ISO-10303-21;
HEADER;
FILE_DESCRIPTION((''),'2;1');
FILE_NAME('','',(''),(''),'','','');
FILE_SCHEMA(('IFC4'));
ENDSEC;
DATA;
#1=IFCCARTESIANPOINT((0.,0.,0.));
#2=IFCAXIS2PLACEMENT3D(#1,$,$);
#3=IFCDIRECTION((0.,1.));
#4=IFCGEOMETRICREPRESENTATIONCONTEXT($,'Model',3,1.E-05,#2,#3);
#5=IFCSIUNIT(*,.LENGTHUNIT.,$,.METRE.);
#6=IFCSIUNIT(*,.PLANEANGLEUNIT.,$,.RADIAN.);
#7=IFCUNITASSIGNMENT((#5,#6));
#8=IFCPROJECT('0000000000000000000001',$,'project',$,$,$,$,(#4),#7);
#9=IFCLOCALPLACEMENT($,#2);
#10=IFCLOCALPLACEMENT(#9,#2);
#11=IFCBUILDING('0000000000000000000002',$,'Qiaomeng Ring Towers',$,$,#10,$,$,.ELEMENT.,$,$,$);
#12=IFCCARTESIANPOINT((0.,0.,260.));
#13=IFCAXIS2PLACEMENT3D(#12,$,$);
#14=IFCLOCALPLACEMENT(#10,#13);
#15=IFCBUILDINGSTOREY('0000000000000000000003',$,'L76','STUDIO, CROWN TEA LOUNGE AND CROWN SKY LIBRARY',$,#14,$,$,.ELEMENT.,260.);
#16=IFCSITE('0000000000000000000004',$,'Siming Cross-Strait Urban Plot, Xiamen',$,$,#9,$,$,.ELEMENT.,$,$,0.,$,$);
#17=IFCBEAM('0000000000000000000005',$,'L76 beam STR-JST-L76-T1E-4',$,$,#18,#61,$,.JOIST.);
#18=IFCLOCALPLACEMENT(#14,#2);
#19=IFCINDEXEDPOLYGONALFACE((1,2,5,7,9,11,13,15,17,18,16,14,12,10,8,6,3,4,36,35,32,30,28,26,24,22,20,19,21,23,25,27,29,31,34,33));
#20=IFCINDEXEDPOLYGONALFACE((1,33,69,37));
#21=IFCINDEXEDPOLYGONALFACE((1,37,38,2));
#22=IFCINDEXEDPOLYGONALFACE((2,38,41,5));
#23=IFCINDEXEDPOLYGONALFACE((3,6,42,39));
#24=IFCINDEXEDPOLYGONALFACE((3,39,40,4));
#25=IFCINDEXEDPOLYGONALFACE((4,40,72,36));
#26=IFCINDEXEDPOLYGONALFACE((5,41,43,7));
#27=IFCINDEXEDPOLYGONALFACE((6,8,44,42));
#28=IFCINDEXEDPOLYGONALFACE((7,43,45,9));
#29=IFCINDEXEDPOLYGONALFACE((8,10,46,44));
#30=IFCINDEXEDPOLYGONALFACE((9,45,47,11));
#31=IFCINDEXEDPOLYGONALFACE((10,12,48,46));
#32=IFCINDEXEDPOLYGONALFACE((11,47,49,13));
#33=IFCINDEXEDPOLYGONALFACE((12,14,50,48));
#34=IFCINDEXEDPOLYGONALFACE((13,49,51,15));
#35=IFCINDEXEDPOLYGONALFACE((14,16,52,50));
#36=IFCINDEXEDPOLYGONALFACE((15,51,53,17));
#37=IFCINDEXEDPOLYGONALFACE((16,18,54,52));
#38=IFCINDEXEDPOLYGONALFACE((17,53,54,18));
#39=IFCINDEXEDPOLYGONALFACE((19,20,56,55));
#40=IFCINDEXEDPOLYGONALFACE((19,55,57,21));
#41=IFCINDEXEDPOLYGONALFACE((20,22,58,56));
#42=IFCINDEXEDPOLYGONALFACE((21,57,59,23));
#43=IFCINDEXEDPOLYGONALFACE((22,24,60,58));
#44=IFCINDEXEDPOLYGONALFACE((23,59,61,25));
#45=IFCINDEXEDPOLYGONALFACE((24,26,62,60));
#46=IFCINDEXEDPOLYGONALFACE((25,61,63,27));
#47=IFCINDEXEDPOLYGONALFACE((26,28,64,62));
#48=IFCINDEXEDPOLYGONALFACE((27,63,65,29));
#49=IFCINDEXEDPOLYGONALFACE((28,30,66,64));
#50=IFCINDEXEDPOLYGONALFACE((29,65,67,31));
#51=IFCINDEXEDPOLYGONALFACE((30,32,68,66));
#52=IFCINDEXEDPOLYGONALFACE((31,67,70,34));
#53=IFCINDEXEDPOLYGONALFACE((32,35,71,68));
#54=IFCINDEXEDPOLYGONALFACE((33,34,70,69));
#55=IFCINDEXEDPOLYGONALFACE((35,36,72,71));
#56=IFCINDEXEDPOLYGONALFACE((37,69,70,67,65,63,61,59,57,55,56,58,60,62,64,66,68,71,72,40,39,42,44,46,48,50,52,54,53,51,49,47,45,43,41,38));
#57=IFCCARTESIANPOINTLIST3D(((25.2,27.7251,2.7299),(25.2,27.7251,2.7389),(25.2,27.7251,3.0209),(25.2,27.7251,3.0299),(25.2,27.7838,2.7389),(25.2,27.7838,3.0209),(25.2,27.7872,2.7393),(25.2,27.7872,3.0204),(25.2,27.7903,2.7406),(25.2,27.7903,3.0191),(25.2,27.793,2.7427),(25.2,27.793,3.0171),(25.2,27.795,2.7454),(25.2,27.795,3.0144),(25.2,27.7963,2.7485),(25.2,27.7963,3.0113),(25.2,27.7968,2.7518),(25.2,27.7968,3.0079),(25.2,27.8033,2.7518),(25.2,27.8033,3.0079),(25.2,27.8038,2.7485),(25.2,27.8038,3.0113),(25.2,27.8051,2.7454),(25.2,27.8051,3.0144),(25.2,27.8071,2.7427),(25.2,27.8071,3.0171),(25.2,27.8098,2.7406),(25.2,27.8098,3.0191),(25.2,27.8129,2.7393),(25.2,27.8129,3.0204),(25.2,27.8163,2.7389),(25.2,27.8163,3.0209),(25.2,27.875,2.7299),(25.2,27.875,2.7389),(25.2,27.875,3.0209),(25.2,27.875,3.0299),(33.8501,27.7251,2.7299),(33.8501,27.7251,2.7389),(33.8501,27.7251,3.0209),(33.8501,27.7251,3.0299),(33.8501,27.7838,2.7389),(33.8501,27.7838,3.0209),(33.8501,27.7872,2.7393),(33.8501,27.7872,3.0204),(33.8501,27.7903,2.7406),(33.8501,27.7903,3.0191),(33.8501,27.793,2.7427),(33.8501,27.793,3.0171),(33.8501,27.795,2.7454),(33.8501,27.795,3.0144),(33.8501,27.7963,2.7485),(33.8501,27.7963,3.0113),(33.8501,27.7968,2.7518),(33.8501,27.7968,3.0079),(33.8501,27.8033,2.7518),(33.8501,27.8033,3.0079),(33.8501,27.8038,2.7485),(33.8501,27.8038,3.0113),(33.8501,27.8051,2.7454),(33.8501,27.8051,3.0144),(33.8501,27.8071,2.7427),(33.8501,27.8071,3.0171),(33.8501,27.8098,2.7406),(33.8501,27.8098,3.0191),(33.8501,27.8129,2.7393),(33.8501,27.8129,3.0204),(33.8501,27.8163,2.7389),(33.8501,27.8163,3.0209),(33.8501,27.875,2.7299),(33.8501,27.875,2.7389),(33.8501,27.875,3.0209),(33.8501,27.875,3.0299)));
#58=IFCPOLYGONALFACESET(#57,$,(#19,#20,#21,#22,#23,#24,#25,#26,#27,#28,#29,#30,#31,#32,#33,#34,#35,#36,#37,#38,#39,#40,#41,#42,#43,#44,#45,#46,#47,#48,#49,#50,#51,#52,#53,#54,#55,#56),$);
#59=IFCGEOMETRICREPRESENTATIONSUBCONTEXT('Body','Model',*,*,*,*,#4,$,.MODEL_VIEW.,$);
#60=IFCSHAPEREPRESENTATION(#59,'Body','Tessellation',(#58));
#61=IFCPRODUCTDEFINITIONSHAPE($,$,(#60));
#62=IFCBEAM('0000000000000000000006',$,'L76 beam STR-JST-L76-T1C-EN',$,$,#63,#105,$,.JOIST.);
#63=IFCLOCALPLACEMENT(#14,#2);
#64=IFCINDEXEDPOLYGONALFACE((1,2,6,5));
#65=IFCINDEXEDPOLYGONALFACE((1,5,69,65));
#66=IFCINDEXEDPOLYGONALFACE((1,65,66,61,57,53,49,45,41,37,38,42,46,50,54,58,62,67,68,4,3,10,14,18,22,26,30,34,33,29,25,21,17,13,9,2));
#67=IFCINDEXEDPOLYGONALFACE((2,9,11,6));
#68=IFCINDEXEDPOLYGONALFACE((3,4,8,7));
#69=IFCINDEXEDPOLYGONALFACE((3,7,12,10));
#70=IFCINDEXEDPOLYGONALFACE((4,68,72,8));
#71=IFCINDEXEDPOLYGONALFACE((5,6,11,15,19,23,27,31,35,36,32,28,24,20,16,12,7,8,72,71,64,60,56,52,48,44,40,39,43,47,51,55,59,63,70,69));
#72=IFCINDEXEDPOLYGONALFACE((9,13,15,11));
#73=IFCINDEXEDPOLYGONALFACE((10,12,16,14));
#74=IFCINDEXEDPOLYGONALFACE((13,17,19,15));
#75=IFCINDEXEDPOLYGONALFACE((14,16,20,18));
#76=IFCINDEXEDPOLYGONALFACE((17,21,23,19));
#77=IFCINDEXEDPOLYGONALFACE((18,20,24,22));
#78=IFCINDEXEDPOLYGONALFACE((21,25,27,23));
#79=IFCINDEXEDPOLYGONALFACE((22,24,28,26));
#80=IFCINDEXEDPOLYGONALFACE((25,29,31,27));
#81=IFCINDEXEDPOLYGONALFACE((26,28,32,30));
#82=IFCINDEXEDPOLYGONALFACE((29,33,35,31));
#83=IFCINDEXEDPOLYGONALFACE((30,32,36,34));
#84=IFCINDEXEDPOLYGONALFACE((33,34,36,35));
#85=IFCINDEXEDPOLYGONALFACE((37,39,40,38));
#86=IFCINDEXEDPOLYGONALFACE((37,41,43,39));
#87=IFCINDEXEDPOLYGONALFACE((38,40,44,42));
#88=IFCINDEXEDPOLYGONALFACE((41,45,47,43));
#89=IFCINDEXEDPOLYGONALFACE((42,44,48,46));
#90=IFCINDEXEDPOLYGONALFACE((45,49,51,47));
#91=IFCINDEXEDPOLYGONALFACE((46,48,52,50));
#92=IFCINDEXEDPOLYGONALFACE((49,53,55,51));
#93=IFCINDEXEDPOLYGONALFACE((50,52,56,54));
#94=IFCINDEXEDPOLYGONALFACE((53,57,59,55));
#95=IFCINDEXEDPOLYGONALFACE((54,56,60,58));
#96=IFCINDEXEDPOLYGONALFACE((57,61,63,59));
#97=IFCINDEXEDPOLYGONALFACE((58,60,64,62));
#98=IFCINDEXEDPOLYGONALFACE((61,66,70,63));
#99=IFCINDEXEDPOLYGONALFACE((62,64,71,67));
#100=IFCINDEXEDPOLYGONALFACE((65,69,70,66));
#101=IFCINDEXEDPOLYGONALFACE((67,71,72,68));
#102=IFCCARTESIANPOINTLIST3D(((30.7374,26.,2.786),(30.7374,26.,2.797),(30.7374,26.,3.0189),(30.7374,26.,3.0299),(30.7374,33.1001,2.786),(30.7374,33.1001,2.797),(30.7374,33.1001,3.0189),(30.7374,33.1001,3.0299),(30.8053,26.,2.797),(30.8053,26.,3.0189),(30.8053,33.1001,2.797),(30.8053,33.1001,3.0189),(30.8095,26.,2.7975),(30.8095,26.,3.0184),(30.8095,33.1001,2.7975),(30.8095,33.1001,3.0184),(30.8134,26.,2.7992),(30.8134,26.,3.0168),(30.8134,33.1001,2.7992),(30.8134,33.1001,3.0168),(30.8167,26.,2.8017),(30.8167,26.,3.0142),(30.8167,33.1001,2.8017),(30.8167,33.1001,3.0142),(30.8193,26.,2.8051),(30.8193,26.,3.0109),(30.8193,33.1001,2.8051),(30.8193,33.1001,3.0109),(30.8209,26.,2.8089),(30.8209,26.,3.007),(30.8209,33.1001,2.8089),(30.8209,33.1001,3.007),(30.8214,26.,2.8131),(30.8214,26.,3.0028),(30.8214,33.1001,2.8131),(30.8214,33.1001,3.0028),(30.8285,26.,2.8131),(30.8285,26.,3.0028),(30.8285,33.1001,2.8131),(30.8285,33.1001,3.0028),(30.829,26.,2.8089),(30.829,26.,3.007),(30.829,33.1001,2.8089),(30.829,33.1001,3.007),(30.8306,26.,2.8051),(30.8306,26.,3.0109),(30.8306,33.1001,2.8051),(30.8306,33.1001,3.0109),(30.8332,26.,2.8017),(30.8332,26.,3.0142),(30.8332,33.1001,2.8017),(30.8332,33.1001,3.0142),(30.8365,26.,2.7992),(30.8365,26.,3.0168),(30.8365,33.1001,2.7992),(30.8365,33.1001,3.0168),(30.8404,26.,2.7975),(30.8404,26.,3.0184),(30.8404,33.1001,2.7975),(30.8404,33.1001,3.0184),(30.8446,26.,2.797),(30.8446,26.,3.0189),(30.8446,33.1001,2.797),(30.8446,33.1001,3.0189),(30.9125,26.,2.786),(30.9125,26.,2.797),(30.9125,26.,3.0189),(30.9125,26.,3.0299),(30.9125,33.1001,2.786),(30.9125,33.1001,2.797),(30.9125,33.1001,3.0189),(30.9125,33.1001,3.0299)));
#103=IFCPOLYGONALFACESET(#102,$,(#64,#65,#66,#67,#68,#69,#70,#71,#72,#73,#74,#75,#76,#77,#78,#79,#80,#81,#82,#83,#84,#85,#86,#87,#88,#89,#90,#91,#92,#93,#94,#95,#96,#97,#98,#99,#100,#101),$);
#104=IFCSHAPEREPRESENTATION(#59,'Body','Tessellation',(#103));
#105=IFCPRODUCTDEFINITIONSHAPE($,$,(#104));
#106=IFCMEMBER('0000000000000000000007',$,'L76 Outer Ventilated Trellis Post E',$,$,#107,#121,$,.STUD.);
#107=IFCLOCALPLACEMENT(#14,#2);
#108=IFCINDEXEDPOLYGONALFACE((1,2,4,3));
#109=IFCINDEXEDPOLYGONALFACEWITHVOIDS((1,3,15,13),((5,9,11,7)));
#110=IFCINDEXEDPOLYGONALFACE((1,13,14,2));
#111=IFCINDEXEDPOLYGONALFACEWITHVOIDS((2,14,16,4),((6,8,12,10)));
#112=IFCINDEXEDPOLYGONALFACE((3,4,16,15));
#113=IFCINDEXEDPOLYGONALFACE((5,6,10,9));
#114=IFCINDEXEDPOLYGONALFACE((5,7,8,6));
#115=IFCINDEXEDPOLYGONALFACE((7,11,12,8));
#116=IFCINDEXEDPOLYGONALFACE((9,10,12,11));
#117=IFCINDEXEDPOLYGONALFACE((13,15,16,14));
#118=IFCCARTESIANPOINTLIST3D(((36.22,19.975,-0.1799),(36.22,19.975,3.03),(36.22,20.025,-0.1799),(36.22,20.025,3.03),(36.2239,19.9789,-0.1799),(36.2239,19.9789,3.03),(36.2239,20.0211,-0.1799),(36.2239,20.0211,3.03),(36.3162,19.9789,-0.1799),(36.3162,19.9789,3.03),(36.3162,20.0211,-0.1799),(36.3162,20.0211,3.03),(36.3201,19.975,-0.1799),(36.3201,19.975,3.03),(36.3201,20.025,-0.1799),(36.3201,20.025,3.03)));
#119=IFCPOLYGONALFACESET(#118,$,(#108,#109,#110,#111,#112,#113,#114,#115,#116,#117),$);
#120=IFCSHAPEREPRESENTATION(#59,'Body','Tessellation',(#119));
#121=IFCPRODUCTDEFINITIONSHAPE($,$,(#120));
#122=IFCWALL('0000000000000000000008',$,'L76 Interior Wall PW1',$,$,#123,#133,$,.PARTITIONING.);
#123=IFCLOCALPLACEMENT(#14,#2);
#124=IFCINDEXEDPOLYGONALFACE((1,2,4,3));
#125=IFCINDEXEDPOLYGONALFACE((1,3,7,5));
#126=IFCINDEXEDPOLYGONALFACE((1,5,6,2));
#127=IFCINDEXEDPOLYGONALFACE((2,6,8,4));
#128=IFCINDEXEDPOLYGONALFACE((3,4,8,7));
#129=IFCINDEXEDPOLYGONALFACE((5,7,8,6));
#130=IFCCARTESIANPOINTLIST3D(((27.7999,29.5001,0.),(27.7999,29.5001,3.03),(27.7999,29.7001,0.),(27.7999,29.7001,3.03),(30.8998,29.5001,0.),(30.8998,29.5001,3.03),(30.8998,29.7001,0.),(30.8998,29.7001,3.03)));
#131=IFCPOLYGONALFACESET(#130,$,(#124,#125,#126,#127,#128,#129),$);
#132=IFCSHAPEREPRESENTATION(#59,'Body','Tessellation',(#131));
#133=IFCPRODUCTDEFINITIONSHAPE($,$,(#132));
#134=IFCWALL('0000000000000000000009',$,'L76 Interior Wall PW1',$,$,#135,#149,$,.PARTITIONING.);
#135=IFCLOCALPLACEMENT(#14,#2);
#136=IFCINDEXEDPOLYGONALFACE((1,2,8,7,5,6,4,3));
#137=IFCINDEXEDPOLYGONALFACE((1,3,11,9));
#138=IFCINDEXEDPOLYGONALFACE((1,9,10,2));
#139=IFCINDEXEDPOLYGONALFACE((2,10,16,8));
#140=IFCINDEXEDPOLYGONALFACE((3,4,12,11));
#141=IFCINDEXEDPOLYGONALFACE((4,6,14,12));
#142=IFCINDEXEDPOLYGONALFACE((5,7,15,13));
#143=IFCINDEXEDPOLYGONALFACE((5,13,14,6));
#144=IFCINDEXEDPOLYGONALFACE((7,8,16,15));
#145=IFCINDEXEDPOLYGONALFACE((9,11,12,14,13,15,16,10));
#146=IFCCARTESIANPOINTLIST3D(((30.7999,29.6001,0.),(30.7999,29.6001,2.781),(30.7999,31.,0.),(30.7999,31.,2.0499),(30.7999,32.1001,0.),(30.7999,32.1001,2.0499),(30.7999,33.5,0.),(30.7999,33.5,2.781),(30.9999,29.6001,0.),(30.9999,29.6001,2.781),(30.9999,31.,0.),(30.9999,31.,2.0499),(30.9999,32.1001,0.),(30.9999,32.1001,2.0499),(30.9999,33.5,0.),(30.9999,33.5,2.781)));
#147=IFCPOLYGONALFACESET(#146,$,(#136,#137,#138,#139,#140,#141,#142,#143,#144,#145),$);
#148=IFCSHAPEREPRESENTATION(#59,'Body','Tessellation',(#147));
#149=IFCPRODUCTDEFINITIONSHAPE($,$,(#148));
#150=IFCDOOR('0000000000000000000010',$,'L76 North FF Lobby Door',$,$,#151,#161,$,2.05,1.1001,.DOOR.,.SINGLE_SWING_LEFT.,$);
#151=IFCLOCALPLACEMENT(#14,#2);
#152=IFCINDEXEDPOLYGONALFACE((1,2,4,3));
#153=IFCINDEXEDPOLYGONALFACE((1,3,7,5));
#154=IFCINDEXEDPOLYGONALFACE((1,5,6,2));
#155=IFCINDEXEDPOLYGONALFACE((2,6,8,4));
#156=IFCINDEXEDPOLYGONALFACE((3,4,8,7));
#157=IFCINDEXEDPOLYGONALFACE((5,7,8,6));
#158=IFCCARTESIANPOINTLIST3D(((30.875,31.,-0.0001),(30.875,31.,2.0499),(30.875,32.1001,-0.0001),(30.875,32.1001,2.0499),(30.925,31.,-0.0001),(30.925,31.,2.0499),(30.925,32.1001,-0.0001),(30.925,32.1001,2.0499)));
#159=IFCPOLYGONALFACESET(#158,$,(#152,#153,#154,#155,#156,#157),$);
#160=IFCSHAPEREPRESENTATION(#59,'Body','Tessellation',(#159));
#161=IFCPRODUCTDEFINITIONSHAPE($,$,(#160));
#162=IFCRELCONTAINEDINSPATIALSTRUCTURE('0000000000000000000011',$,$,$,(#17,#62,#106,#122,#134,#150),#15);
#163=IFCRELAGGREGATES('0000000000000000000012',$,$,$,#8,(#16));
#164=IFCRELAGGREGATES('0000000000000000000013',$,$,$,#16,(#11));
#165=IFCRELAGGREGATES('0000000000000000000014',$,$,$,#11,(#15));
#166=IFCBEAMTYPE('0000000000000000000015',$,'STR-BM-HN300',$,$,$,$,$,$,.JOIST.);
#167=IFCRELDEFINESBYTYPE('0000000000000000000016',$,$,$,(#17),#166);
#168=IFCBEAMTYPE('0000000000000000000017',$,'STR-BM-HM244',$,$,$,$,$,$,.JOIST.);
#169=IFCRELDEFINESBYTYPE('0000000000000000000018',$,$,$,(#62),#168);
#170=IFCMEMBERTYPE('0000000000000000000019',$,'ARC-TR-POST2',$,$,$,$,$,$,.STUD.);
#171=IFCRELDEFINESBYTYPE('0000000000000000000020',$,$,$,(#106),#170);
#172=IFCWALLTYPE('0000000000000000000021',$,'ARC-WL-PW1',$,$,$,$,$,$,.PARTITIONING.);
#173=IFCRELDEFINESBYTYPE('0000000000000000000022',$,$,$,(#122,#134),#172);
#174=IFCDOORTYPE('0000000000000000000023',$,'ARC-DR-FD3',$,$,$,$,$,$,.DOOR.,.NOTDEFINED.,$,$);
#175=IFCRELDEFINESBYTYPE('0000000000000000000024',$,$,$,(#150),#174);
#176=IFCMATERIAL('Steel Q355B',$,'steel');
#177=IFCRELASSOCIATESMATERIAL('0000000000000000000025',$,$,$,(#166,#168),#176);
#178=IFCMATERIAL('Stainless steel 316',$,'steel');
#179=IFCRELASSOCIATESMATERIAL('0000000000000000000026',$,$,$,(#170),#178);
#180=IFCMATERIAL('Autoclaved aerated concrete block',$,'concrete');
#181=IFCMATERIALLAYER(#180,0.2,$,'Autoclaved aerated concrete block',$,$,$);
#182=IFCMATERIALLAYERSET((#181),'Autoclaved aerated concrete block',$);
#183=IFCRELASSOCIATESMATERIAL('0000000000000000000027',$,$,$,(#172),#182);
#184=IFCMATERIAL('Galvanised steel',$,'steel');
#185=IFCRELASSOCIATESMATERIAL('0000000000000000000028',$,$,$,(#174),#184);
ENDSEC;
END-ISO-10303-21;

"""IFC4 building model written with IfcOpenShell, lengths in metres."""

from ifc_helpers import new_model, si_unit, direction, frame, frame_2d, origin, origin_2d, place, context, subcontext, project, spatial, rectangle, hollow_rectangle, i_section, extrude, source, transform, mapped, material, layer, layer_set, material_profile, profile_set, type_object, element, fill, save


model = new_model("IFC4")

# Units and contexts
model_context = context("Model", 3, precision=1e-05, world=origin(), true_north=direction((0.0, 1.0)))
body_context = subcontext(model_context, "Body", "Model", "MODEL_VIEW")
ifc_project = project(units=[si_unit("LENGTHUNIT", "METRE"), si_unit("PLANEANGLEUNIT", "RADIAN")], contexts=[model_context])

# Site, building, storey
site_placement = place(None, origin())
site = spatial("IfcSite", under=ifc_project, at=site_placement, Name="Siming Cross-Strait Urban Plot, Xiamen", CompositionType="ELEMENT", RefElevation=0.0)
building_placement = place(site_placement, origin())
building = spatial("IfcBuilding", under=site, at=building_placement, Name="Qiaomeng Ring Towers", CompositionType="ELEMENT")
storey_placement = place(building_placement, frame((0.0, 0.0, 260.0)))
storey = spatial("IfcBuildingStorey", under=building, at=storey_placement, Name="L76", Description="STUDIO, CROWN TEA LOUNGE AND CROWN SKY LIBRARY", CompositionType="ELEMENT", Elevation=260.0)

# Beams
ifc_material_1 = material(Name="Steel Q355B", Category="steel")
ifc_material_profile_1 = material_profile(ifc_material_1, i_section(OverallWidth=0.1499, OverallDepth=0.3, WebThickness=0.0066, FlangeThickness=0.009, FilletRadius=0.0129, at=origin_2d()), Name="HN 300x150x6.5x9")
ifc_profile_set_1 = profile_set([ifc_material_profile_1], Name="Steel Q355B")
beam_type_1 = type_object("IfcBeamType", Name="STR-BM-HN300", PredefinedType="JOIST", material=ifc_profile_set_1)
shared_shape_1 = source(origin(), body_context, "Body", "SweptSolid", [
    extrude(i_section(OverallWidth=0.1499, OverallDepth=0.3, WebThickness=0.0066, FlangeThickness=0.009, FilletRadius=0.0129, at=origin_2d()), origin(), (0.0, 0.0, 1.0), 8.6501),
])
beam_1_placement = place(storey_placement, frame((25.2, 27.8, 2.8799), z_axis=(1.0, 0.0, 0.0), x_axis=(0.0, 1.0, 0.0)))
element("IfcBeam", 1, at=beam_1_placement, inside=storey, type_object=beam_type_1, Name="L76 beam STR-JST-L76-T1E-4", PredefinedType="JOIST", context=body_context, shape_type="MappedRepresentation", body=[
    mapped(shared_shape_1, transform((0.0, 0.0, 0.0), x_axis=(1.0, 0.0, 0.0), y_axis=(0.0, 1.0, 0.0), z_axis=(0.0, 0.0, 1.0), scale=1.0)),
])
ifc_material_profile_2 = material_profile(ifc_material_1, i_section(OverallWidth=0.175, OverallDepth=0.2439, WebThickness=0.0071, FlangeThickness=0.011, FilletRadius=0.0161, at=origin_2d()), Name="HM 244x175x7x11")
ifc_profile_set_2 = profile_set([ifc_material_profile_2], Name="Steel Q355B")
beam_type_2 = type_object("IfcBeamType", Name="STR-BM-HM244", PredefinedType="JOIST", material=ifc_profile_set_2)
shared_shape_2 = source(origin(), body_context, "Body", "SweptSolid", [
    extrude(i_section(OverallWidth=0.175, OverallDepth=0.2439, WebThickness=0.0071, FlangeThickness=0.011, FilletRadius=0.0161, at=origin_2d()), origin(), (0.0, 0.0, 1.0), 7.1001),
])
beam_2_placement = place(storey_placement, frame((30.825, 26.0, 2.908), z_axis=(0.0, 1.0, 0.0), x_axis=(-1.0, 0.0, 0.0)))
element("IfcBeam", 2, at=beam_2_placement, inside=storey, type_object=beam_type_2, Name="L76 beam STR-JST-L76-T1C-EN", PredefinedType="JOIST", context=body_context, shape_type="MappedRepresentation", body=[
    mapped(shared_shape_2, transform((0.0, 0.0, 0.0), x_axis=(1.0, 0.0, 0.0), y_axis=(0.0, 1.0, 0.0), z_axis=(0.0, 0.0, 1.0), scale=1.0)),
])

# Member
ifc_material_2 = material(Name="Stainless steel 316", Category="steel")
ifc_material_profile_3 = material_profile(ifc_material_2, hollow_rectangle(XDim=0.05, YDim=0.1001, WallThickness=0.0039, at=origin_2d()), Name="SS TRELLIS 100x50")
ifc_profile_set_3 = profile_set([ifc_material_profile_3], Name="Stainless steel 316")
member_type = type_object("IfcMemberType", Name="ARC-TR-POST2", PredefinedType="STUD", material=ifc_profile_set_3)
shared_shape_3 = source(origin(), body_context, "Body", "SweptSolid", [
    extrude(hollow_rectangle(XDim=0.05, YDim=0.1001, WallThickness=0.0039, at=origin_2d()), origin(), (0.0, 0.0, 1.0), 3.21),
])
member_placement = place(storey_placement, frame((36.27, 20.0, -0.1799), z_axis=(0.0, 0.0, 1.0), x_axis=(0.0, 1.0, 0.0)))
element("IfcMember", 3, at=member_placement, inside=storey, type_object=member_type, Name="L76 Outer Ventilated Trellis Post E", PredefinedType="STUD", context=body_context, shape_type="MappedRepresentation", body=[
    mapped(shared_shape_3, transform((0.0, 0.0, 0.0), x_axis=(1.0, 0.0, 0.0), y_axis=(0.0, 1.0, 0.0), z_axis=(0.0, 0.0, 1.0), scale=1.0)),
])

# Wall
ifc_material_3 = material(Name="Autoclaved aerated concrete block", Category="concrete")
ifc_layer_1 = layer(ifc_material_3, 0.2, Name="Autoclaved aerated concrete block")
ifc_layer_set_1 = layer_set([ifc_layer_1], Name="Autoclaved aerated concrete block")
wall_type_1 = type_object("IfcWallType", Name="ARC-WL-PW1", PredefinedType="PARTITIONING", material=ifc_layer_set_1)
wall_1_placement = place(storey_placement, frame((27.8, 29.6001, 0.0), z_axis=(0.0, 0.0, 1.0), x_axis=(1.0, 0.0, 0.0)))
element("IfcWall", 4, at=wall_1_placement, inside=storey, type_object=wall_type_1, Name="L76 Interior Wall PW1", PredefinedType="PARTITIONING", context=body_context, shape_type="SweptSolid", body=[
    extrude(rectangle(XDim=3.0999, YDim=0.2, at=frame_2d((1.5498, 0.0))), origin(), (0.0, 0.0, 1.0), 3.03),
])

# Wall, opening, door
wall_2_placement = place(storey_placement, frame((30.8999, 29.6001, 0.0), z_axis=(0.0, 0.0, 1.0), x_axis=(0.0, 1.0, 0.0)))
wall_2 = element("IfcWall", 5, at=wall_2_placement, inside=storey, type_object=wall_type_1, Name="L76 Interior Wall PW1", PredefinedType="PARTITIONING", context=body_context, shape_type="SweptSolid", body=[
    extrude(rectangle(XDim=3.8999, YDim=0.2, at=frame_2d((1.95, 0.0))), origin(), (0.0, 0.0, 1.0), 2.781),
])
opening_1_placement = place(wall_2_placement, frame((1.3999, 0.0, 0.0)))
opening_1 = element("IfcOpeningElement", 6, at=opening_1_placement, cuts=wall_2, PredefinedType="OPENING", context=body_context, shape_type="SweptSolid", body=[
    extrude(rectangle(XDim=1.1001, YDim=2.05, at=frame_2d((0.55, 1.0249))), frame((0.0, 0.1099, 0.0), z_axis=(0.0, -1.0, 0.0), x_axis=(1.0, 0.0, 0.0)), (0.0, 0.0, 1.0), 0.22),
])
ifc_material_4 = material(Name="Galvanised steel", Category="steel")
door_type_1 = type_object("IfcDoorType", Name="ARC-DR-FD3", OperationType="NOTDEFINED", PredefinedType="DOOR", material=ifc_material_4)
shared_shape_4 = source(origin(), body_context, "Body", "SweptSolid", [
    extrude(rectangle(XDim=1.1001, YDim=2.05, at=frame_2d((0.55, 1.0249))), frame((0.0, 0.0249, 0.0), z_axis=(0.0, -1.0, 0.0), x_axis=(1.0, 0.0, 0.0)), (0.0, 0.0, 1.0), 0.05),
])
door_1_placement = place(opening_1_placement, origin())
door_1 = element("IfcDoor", 7, at=door_1_placement, inside=storey, type_object=door_type_1, Name="L76 North FF Lobby Door", OperationType="SINGLE_SWING_LEFT", OverallHeight=2.05, OverallWidth=1.1001, PredefinedType="DOOR", context=body_context, shape_type="MappedRepresentation", body=[
    mapped(shared_shape_4, transform((0.0, 0.0, 0.0), x_axis=(1.0, 0.0, 0.0), y_axis=(0.0, 1.0, 0.0), z_axis=(0.0, 0.0, 1.0), scale=1.0)),
])
fill(opening_1, door_1)

save(model, "model.ifc")
